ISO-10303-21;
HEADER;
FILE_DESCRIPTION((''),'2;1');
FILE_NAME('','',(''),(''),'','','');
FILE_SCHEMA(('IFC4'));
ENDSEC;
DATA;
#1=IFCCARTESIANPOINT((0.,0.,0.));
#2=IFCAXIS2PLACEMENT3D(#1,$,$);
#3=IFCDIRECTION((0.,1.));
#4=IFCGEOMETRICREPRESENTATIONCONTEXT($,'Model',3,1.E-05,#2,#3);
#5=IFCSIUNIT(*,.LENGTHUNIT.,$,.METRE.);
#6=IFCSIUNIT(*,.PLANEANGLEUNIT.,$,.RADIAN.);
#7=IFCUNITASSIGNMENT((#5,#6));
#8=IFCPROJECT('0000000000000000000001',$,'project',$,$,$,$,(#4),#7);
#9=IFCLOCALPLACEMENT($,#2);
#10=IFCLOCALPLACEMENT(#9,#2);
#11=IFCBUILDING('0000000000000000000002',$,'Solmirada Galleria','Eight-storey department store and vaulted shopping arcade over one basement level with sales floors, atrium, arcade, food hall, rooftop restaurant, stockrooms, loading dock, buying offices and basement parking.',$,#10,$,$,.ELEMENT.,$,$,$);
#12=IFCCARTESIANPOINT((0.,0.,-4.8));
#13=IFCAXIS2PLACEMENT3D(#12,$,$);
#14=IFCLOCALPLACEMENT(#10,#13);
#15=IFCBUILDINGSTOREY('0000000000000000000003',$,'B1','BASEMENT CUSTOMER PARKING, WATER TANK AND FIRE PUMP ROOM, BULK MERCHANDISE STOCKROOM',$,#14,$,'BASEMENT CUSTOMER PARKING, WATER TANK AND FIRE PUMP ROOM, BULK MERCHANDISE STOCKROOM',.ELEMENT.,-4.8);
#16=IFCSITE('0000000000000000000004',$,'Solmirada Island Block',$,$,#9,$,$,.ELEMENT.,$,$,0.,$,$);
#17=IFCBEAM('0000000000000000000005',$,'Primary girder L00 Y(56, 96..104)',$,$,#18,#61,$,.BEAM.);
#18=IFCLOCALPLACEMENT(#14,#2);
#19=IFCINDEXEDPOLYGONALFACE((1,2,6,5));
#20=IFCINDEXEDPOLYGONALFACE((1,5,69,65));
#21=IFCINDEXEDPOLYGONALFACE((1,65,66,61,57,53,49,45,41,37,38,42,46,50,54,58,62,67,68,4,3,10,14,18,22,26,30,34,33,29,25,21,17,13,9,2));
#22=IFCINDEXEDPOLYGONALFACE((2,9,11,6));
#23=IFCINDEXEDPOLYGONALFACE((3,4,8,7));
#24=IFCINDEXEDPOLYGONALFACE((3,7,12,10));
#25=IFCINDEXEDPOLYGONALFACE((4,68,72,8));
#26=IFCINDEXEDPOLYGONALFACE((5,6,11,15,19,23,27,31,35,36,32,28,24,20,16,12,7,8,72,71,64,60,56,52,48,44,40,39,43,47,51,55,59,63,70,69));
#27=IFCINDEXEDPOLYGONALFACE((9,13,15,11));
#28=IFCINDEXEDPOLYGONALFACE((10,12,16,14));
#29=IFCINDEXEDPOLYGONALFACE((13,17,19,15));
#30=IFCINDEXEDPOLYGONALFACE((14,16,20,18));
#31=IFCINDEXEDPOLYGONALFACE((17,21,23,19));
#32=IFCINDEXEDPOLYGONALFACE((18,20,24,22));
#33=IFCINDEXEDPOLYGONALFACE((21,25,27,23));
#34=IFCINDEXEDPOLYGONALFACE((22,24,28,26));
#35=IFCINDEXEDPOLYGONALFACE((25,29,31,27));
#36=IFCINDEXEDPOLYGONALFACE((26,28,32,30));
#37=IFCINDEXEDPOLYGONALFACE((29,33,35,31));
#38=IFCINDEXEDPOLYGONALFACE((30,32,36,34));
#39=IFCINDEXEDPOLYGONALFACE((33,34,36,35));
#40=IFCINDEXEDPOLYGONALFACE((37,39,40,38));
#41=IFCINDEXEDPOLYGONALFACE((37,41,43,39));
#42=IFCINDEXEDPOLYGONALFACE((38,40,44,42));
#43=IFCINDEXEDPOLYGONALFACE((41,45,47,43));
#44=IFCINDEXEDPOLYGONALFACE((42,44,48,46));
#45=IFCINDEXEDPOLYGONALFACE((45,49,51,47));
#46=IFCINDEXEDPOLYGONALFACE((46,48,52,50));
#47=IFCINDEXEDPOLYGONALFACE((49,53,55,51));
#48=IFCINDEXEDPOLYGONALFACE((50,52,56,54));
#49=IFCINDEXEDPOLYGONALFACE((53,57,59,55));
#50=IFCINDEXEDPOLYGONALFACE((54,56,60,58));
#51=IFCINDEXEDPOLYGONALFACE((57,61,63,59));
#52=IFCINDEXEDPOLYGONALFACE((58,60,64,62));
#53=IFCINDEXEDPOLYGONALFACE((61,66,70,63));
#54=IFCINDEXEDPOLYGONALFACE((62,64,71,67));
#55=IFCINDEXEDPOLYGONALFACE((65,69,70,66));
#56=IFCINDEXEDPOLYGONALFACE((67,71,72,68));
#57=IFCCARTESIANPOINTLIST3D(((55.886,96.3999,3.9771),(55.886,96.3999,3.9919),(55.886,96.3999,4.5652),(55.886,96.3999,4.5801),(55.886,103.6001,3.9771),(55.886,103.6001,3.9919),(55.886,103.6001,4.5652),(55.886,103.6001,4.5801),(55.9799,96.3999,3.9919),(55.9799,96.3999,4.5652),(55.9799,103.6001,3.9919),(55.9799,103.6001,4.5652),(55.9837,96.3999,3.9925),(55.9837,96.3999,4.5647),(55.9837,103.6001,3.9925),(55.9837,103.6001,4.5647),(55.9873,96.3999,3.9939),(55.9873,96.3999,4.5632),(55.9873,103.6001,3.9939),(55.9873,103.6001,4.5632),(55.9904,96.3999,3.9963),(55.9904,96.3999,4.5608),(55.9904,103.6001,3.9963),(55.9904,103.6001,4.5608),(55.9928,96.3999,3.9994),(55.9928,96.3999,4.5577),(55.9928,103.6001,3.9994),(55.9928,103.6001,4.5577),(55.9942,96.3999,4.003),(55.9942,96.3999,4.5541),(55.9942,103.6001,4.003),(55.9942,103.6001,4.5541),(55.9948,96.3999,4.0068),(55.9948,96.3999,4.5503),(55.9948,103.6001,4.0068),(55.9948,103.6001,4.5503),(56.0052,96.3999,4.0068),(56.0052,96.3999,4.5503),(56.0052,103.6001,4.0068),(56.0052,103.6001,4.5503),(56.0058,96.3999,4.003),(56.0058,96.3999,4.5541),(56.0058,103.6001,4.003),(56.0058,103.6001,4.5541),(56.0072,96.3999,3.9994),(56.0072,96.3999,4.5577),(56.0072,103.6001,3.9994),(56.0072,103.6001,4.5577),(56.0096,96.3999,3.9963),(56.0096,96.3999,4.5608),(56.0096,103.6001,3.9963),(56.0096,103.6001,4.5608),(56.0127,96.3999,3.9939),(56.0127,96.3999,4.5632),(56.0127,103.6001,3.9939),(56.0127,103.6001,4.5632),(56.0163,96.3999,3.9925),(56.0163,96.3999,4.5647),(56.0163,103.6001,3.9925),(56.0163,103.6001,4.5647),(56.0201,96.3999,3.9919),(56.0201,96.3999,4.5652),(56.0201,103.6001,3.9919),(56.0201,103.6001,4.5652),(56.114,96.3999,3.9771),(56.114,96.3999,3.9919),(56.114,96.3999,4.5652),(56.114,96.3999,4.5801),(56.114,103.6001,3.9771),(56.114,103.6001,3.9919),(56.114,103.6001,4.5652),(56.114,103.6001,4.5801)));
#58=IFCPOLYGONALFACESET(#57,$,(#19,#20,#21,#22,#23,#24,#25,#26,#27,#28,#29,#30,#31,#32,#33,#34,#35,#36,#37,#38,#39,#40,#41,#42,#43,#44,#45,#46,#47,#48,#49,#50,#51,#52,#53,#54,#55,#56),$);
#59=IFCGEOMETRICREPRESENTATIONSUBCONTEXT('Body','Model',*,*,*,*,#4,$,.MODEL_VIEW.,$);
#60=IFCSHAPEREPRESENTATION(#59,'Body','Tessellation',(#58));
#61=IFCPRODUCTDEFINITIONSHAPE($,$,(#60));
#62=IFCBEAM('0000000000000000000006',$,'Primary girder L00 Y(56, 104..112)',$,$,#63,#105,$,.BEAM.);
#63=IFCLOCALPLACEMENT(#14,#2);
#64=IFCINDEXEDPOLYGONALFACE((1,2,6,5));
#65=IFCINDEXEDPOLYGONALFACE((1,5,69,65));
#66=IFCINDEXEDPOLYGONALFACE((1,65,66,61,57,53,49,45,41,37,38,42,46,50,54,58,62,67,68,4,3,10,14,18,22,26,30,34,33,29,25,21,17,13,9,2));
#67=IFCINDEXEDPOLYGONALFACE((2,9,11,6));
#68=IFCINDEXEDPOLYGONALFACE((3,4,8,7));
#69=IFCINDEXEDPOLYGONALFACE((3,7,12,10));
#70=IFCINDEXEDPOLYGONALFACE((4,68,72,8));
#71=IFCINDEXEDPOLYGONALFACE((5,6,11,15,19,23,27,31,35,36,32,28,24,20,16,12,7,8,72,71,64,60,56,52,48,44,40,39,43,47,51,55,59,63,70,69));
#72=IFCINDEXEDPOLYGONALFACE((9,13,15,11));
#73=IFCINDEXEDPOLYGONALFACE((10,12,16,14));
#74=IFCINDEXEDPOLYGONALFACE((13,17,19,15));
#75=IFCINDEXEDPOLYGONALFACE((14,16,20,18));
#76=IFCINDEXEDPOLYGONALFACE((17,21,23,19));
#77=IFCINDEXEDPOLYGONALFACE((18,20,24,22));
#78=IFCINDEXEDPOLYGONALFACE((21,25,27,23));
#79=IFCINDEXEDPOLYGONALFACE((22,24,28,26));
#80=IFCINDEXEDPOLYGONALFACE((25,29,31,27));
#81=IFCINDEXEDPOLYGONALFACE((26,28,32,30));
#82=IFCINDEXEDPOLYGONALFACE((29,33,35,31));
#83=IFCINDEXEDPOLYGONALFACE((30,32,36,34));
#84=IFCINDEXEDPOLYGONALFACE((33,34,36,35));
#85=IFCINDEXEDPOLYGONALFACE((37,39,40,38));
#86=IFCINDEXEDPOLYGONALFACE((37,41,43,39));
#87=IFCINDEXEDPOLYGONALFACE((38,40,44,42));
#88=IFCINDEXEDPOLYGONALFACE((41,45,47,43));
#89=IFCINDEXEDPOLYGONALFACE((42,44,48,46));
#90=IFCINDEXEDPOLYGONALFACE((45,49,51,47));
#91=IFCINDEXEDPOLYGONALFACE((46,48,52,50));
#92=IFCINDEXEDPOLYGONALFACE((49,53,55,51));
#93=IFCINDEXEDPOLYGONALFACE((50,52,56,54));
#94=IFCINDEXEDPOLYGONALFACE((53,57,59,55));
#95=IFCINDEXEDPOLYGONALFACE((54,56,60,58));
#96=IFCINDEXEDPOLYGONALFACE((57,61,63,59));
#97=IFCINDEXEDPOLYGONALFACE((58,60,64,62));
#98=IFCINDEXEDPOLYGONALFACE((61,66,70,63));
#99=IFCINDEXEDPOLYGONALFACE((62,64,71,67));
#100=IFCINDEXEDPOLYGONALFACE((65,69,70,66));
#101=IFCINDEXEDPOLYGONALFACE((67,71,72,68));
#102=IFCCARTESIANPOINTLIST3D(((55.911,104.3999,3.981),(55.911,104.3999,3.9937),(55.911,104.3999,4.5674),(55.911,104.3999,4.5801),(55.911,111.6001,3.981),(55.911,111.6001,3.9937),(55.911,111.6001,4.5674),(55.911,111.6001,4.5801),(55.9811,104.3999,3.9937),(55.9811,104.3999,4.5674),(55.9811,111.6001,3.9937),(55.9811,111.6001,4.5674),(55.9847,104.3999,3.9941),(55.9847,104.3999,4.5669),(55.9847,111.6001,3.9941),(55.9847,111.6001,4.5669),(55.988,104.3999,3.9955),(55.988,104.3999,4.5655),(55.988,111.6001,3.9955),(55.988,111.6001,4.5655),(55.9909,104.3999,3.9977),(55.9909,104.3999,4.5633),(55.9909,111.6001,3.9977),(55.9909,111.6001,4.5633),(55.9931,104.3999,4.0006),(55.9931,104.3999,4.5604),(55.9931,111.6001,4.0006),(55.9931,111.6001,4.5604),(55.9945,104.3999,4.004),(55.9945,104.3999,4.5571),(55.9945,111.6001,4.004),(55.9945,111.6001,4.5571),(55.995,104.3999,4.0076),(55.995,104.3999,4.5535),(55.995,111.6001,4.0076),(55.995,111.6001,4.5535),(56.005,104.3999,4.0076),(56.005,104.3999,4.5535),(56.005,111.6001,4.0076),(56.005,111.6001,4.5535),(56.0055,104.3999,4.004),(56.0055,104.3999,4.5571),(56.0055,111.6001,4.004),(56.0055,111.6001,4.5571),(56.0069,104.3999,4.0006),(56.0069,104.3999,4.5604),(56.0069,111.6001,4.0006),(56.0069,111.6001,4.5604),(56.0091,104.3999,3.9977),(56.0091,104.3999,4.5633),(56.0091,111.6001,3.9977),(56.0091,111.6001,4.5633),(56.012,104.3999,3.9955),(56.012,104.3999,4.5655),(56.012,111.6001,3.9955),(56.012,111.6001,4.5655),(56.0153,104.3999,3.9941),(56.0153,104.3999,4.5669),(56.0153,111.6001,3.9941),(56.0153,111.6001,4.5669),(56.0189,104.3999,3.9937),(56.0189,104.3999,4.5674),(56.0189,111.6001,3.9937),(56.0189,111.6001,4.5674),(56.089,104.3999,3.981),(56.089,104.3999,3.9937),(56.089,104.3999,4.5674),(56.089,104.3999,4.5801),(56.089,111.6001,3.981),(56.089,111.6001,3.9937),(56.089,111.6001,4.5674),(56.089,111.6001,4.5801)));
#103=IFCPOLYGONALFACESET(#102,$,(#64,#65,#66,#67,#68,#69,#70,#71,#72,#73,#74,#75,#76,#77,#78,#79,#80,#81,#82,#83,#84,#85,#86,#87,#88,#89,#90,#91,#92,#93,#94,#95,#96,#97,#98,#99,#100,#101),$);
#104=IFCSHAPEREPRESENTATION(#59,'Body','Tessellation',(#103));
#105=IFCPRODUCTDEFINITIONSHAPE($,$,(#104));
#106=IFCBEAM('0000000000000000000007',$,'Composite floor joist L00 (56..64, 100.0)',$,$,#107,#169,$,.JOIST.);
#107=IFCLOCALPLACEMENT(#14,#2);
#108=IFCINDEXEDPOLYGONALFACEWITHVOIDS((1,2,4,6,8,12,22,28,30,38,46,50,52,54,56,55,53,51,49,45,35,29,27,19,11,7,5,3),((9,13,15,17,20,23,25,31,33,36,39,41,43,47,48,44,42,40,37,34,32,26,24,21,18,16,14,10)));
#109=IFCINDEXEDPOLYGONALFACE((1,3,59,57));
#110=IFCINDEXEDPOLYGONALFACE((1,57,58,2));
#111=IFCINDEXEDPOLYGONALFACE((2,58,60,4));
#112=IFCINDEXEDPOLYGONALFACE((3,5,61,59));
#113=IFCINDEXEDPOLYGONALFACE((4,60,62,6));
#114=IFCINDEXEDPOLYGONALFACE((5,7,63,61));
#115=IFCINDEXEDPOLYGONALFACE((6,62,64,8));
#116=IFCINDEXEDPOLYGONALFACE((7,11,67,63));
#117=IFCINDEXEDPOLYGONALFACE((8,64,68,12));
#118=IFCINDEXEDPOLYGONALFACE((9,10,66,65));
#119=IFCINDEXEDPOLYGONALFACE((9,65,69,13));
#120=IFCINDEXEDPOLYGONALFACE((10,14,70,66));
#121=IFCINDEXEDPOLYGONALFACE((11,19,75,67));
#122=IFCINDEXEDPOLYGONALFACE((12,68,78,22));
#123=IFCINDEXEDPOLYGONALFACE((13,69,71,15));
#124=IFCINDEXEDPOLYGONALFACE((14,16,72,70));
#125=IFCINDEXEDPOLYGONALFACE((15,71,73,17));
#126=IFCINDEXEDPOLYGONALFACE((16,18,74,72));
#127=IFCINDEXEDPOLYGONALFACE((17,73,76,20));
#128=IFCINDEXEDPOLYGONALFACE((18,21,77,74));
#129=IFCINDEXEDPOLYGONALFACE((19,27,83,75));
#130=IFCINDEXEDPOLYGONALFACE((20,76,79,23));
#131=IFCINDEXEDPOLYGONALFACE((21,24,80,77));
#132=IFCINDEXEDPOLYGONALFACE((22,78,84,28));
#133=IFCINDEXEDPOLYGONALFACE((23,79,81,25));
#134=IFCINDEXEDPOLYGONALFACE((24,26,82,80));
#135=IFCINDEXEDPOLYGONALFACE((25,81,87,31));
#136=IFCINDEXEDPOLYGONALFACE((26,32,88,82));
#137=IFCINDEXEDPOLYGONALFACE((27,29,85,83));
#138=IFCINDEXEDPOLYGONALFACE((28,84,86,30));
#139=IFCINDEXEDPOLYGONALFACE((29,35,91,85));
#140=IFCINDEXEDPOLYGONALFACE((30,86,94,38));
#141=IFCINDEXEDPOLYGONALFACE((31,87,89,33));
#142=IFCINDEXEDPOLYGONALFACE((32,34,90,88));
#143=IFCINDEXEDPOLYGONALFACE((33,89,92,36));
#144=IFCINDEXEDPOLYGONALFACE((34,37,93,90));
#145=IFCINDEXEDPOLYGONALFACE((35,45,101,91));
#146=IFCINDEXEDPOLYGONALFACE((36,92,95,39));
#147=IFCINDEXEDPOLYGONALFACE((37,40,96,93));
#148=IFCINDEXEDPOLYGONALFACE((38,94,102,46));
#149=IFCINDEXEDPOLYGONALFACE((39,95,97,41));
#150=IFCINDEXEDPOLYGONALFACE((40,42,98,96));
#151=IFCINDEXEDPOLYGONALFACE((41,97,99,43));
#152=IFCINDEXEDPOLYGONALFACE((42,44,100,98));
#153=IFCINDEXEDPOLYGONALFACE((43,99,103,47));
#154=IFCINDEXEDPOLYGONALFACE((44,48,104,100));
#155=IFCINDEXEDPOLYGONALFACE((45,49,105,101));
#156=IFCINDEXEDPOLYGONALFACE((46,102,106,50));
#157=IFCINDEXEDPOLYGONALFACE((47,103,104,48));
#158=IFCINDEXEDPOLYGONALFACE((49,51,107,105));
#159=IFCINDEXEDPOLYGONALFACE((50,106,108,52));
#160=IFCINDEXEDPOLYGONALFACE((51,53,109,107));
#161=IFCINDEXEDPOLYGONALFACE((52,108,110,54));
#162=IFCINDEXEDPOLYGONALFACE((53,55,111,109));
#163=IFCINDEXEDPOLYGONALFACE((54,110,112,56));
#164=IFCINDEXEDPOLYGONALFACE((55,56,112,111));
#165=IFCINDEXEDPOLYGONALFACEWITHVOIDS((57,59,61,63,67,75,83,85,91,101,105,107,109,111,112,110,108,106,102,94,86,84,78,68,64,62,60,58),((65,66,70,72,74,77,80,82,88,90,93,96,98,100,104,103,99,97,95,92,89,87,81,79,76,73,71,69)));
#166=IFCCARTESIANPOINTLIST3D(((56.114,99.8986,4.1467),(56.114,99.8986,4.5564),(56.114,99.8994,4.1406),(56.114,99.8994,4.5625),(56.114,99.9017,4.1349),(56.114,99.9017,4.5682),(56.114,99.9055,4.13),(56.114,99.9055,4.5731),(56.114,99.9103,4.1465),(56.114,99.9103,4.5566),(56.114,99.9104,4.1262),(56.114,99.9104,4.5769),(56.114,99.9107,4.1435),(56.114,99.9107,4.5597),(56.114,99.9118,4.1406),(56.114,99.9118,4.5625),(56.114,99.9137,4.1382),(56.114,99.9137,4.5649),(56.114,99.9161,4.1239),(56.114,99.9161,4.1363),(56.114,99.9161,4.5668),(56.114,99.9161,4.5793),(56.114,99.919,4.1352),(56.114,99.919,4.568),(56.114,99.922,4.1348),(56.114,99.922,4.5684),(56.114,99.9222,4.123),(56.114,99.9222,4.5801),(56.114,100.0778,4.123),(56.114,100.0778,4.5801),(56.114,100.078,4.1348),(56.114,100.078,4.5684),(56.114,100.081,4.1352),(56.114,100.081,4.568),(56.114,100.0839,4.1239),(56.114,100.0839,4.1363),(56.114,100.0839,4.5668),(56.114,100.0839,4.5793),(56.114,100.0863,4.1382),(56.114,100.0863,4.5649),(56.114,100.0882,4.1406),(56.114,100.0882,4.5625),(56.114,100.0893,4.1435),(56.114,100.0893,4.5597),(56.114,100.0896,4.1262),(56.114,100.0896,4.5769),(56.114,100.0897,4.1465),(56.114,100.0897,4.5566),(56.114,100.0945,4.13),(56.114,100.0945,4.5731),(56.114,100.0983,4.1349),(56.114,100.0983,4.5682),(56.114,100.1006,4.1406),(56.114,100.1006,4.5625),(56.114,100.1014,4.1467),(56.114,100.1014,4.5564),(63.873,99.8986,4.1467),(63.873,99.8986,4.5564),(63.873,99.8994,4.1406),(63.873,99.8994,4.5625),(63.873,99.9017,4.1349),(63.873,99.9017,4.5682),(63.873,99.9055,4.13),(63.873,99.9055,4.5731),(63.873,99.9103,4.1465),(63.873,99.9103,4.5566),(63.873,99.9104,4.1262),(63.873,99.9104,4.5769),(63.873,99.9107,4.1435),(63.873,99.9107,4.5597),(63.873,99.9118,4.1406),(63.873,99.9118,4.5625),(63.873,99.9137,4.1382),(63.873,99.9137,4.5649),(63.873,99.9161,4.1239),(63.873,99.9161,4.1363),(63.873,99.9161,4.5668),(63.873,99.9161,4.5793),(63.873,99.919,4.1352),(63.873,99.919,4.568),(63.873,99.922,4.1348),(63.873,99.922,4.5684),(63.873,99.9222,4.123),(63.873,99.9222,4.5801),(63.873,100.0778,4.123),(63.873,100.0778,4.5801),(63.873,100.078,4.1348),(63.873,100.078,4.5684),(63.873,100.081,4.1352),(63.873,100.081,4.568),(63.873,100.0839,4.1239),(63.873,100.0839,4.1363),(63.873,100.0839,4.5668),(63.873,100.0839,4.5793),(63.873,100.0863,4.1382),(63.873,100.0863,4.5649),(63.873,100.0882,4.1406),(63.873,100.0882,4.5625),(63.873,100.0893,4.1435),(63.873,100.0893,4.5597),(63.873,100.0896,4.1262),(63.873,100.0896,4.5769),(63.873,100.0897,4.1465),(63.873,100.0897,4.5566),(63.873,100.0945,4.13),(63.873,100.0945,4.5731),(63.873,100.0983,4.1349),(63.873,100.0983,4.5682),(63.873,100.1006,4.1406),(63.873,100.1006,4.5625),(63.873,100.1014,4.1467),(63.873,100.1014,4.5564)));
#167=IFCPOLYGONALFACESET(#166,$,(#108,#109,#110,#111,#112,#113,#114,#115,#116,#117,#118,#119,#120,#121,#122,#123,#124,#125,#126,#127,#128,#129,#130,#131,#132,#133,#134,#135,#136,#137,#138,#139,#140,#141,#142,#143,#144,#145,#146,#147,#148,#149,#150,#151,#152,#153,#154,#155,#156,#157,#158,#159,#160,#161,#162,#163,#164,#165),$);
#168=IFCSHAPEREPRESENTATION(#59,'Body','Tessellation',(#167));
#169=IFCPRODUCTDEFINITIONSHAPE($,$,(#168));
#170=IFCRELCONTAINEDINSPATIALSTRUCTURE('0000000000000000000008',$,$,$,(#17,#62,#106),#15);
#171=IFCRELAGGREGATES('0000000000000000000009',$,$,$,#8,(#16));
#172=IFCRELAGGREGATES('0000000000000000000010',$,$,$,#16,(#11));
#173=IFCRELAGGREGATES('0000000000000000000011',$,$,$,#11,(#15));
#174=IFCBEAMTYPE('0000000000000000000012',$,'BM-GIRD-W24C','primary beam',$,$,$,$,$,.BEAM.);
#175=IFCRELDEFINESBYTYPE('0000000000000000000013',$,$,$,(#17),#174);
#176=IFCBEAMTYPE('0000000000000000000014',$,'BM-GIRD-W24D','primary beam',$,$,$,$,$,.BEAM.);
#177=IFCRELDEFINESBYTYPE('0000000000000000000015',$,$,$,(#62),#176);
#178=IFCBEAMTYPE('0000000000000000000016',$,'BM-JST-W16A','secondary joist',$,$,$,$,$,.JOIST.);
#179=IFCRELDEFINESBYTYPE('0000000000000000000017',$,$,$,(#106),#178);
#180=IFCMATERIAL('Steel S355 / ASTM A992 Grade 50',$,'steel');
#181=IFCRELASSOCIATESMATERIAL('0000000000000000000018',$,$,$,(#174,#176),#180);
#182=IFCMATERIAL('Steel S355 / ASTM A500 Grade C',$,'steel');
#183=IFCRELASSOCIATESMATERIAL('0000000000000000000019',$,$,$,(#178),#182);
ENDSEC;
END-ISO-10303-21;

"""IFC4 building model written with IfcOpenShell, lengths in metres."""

from ifc_helpers import new_model, si_unit, direction, frame, origin, origin_2d, place, context, subcontext, project, spatial, hollow_rectangle, i_section, extrude, material, material_profile, profile_set, type_object, element, save


model = new_model("IFC4")

# Units and contexts
model_context = context("Model", 3, precision=1e-05, world=origin(), true_north=direction((0.0, 1.0)))
body_context = subcontext(model_context, "Body", "Model", "MODEL_VIEW")
ifc_project = project(units=[si_unit("LENGTHUNIT", "METRE"), si_unit("PLANEANGLEUNIT", "RADIAN")], contexts=[model_context])

# Site, building, storey
site_placement = place(None, origin())
site = spatial("IfcSite", under=ifc_project, at=site_placement, Name="Solmirada Island Block", CompositionType="ELEMENT", RefElevation=0.0)
building_placement = place(site_placement, origin())
building = spatial("IfcBuilding", under=site, at=building_placement, Name="Solmirada Galleria", Description="Eight-storey department store and vaulted shopping arcade over one basement level with sales floors, atrium, arcade, food hall, rooftop restaurant, stockrooms, loading dock, buying offices and basement parking.", CompositionType="ELEMENT")
storey_placement = place(building_placement, frame((0.0, 0.0, -4.8)))
storey = spatial("IfcBuildingStorey", under=building, at=storey_placement, Name="B1", Description="BASEMENT CUSTOMER PARKING, WATER TANK AND FIRE PUMP ROOM, BULK MERCHANDISE STOCKROOM", LongName="BASEMENT CUSTOMER PARKING, WATER TANK AND FIRE PUMP ROOM, BULK MERCHANDISE STOCKROOM", CompositionType="ELEMENT", Elevation=-4.8)

# Beams
ifc_material_1 = material(Name="Steel S355 / ASTM A992 Grade 50", Category="steel")
ifc_material_profile_1 = material_profile(ifc_material_1, i_section(OverallWidth=0.228, OverallDepth=0.603, WebThickness=0.0105, FlangeThickness=0.0149, FilletRadius=0.0149, at=origin_2d()), Name="W24X68")
ifc_profile_set_1 = profile_set([ifc_material_profile_1], Name="Steel S355 / ASTM A992 Grade 50")
beam_type_1 = type_object("IfcBeamType", Name="BM-GIRD-W24C", Description="primary beam", PredefinedType="BEAM", material=ifc_profile_set_1)
beam_1_placement = place(storey_placement, frame((56.0, 96.3999, 4.2786), z_axis=(0.0, 1.0, 0.0), x_axis=(-1.0, 0.0, 0.0)))
element("IfcBeam", 1, at=beam_1_placement, inside=storey, type_object=beam_type_1, Name="Primary girder L00 Y(56, 96..104)", PredefinedType="BEAM", context=body_context, shape_type="SweptSolid", body=[
    extrude(i_section(OverallWidth=0.228, OverallDepth=0.603, WebThickness=0.0105, FlangeThickness=0.0149, FilletRadius=0.0149, at=origin_2d()), origin(), (0.0, 0.0, 1.0), 7.2002),
])
ifc_material_profile_2 = material_profile(ifc_material_1, i_section(OverallWidth=0.178, OverallDepth=0.5991, WebThickness=0.01, FlangeThickness=0.0127, FilletRadius=0.0139, at=origin_2d()), Name="W24X55")
ifc_profile_set_2 = profile_set([ifc_material_profile_2], Name="Steel S355 / ASTM A992 Grade 50")
beam_type_2 = type_object("IfcBeamType", Name="BM-GIRD-W24D", Description="primary beam", PredefinedType="BEAM", material=ifc_profile_set_2)
beam_2_placement = place(storey_placement, frame((56.0, 104.3999, 4.2805), z_axis=(0.0, 1.0, 0.0), x_axis=(-1.0, 0.0, 0.0)))
element("IfcBeam", 2, at=beam_2_placement, inside=storey, type_object=beam_type_2, Name="Primary girder L00 Y(56, 104..112)", PredefinedType="BEAM", context=body_context, shape_type="SweptSolid", body=[
    extrude(i_section(OverallWidth=0.178, OverallDepth=0.5991, WebThickness=0.01, FlangeThickness=0.0127, FilletRadius=0.0139, at=origin_2d()), origin(), (0.0, 0.0, 1.0), 7.2002),
])
ifc_material_2 = material(Name="Steel S355 / ASTM A500 Grade C", Category="steel")
ifc_material_profile_3 = material_profile(ifc_material_2, hollow_rectangle(XDim=0.2029, YDim=0.457, WallThickness=0.0117, InnerFilletRadius=0.0117, OuterFilletRadius=0.0237, at=origin_2d()), Name="HSS18X8X1/2")
ifc_profile_set_3 = profile_set([ifc_material_profile_3], Name="Steel S355 / ASTM A500 Grade C")
beam_type_3 = type_object("IfcBeamType", Name="BM-JST-W16A", Description="secondary joist", PredefinedType="JOIST", material=ifc_profile_set_3)
beam_3_placement = place(storey_placement, frame((56.114, 100.0, 4.3516), z_axis=(1.0, 0.0, 0.0), x_axis=(0.0, 1.0, 0.0)))
element("IfcBeam", 3, at=beam_3_placement, inside=storey, type_object=beam_type_3, Name="Composite floor joist L00 (56..64, 100.0)", PredefinedType="JOIST", context=body_context, shape_type="SweptSolid", body=[
    extrude(hollow_rectangle(XDim=0.2029, YDim=0.457, WallThickness=0.0117, InnerFilletRadius=0.0117, OuterFilletRadius=0.0237, at=origin_2d()), origin(), (0.0, 0.0, 1.0), 7.759),
])

save(model, "model.ifc")
